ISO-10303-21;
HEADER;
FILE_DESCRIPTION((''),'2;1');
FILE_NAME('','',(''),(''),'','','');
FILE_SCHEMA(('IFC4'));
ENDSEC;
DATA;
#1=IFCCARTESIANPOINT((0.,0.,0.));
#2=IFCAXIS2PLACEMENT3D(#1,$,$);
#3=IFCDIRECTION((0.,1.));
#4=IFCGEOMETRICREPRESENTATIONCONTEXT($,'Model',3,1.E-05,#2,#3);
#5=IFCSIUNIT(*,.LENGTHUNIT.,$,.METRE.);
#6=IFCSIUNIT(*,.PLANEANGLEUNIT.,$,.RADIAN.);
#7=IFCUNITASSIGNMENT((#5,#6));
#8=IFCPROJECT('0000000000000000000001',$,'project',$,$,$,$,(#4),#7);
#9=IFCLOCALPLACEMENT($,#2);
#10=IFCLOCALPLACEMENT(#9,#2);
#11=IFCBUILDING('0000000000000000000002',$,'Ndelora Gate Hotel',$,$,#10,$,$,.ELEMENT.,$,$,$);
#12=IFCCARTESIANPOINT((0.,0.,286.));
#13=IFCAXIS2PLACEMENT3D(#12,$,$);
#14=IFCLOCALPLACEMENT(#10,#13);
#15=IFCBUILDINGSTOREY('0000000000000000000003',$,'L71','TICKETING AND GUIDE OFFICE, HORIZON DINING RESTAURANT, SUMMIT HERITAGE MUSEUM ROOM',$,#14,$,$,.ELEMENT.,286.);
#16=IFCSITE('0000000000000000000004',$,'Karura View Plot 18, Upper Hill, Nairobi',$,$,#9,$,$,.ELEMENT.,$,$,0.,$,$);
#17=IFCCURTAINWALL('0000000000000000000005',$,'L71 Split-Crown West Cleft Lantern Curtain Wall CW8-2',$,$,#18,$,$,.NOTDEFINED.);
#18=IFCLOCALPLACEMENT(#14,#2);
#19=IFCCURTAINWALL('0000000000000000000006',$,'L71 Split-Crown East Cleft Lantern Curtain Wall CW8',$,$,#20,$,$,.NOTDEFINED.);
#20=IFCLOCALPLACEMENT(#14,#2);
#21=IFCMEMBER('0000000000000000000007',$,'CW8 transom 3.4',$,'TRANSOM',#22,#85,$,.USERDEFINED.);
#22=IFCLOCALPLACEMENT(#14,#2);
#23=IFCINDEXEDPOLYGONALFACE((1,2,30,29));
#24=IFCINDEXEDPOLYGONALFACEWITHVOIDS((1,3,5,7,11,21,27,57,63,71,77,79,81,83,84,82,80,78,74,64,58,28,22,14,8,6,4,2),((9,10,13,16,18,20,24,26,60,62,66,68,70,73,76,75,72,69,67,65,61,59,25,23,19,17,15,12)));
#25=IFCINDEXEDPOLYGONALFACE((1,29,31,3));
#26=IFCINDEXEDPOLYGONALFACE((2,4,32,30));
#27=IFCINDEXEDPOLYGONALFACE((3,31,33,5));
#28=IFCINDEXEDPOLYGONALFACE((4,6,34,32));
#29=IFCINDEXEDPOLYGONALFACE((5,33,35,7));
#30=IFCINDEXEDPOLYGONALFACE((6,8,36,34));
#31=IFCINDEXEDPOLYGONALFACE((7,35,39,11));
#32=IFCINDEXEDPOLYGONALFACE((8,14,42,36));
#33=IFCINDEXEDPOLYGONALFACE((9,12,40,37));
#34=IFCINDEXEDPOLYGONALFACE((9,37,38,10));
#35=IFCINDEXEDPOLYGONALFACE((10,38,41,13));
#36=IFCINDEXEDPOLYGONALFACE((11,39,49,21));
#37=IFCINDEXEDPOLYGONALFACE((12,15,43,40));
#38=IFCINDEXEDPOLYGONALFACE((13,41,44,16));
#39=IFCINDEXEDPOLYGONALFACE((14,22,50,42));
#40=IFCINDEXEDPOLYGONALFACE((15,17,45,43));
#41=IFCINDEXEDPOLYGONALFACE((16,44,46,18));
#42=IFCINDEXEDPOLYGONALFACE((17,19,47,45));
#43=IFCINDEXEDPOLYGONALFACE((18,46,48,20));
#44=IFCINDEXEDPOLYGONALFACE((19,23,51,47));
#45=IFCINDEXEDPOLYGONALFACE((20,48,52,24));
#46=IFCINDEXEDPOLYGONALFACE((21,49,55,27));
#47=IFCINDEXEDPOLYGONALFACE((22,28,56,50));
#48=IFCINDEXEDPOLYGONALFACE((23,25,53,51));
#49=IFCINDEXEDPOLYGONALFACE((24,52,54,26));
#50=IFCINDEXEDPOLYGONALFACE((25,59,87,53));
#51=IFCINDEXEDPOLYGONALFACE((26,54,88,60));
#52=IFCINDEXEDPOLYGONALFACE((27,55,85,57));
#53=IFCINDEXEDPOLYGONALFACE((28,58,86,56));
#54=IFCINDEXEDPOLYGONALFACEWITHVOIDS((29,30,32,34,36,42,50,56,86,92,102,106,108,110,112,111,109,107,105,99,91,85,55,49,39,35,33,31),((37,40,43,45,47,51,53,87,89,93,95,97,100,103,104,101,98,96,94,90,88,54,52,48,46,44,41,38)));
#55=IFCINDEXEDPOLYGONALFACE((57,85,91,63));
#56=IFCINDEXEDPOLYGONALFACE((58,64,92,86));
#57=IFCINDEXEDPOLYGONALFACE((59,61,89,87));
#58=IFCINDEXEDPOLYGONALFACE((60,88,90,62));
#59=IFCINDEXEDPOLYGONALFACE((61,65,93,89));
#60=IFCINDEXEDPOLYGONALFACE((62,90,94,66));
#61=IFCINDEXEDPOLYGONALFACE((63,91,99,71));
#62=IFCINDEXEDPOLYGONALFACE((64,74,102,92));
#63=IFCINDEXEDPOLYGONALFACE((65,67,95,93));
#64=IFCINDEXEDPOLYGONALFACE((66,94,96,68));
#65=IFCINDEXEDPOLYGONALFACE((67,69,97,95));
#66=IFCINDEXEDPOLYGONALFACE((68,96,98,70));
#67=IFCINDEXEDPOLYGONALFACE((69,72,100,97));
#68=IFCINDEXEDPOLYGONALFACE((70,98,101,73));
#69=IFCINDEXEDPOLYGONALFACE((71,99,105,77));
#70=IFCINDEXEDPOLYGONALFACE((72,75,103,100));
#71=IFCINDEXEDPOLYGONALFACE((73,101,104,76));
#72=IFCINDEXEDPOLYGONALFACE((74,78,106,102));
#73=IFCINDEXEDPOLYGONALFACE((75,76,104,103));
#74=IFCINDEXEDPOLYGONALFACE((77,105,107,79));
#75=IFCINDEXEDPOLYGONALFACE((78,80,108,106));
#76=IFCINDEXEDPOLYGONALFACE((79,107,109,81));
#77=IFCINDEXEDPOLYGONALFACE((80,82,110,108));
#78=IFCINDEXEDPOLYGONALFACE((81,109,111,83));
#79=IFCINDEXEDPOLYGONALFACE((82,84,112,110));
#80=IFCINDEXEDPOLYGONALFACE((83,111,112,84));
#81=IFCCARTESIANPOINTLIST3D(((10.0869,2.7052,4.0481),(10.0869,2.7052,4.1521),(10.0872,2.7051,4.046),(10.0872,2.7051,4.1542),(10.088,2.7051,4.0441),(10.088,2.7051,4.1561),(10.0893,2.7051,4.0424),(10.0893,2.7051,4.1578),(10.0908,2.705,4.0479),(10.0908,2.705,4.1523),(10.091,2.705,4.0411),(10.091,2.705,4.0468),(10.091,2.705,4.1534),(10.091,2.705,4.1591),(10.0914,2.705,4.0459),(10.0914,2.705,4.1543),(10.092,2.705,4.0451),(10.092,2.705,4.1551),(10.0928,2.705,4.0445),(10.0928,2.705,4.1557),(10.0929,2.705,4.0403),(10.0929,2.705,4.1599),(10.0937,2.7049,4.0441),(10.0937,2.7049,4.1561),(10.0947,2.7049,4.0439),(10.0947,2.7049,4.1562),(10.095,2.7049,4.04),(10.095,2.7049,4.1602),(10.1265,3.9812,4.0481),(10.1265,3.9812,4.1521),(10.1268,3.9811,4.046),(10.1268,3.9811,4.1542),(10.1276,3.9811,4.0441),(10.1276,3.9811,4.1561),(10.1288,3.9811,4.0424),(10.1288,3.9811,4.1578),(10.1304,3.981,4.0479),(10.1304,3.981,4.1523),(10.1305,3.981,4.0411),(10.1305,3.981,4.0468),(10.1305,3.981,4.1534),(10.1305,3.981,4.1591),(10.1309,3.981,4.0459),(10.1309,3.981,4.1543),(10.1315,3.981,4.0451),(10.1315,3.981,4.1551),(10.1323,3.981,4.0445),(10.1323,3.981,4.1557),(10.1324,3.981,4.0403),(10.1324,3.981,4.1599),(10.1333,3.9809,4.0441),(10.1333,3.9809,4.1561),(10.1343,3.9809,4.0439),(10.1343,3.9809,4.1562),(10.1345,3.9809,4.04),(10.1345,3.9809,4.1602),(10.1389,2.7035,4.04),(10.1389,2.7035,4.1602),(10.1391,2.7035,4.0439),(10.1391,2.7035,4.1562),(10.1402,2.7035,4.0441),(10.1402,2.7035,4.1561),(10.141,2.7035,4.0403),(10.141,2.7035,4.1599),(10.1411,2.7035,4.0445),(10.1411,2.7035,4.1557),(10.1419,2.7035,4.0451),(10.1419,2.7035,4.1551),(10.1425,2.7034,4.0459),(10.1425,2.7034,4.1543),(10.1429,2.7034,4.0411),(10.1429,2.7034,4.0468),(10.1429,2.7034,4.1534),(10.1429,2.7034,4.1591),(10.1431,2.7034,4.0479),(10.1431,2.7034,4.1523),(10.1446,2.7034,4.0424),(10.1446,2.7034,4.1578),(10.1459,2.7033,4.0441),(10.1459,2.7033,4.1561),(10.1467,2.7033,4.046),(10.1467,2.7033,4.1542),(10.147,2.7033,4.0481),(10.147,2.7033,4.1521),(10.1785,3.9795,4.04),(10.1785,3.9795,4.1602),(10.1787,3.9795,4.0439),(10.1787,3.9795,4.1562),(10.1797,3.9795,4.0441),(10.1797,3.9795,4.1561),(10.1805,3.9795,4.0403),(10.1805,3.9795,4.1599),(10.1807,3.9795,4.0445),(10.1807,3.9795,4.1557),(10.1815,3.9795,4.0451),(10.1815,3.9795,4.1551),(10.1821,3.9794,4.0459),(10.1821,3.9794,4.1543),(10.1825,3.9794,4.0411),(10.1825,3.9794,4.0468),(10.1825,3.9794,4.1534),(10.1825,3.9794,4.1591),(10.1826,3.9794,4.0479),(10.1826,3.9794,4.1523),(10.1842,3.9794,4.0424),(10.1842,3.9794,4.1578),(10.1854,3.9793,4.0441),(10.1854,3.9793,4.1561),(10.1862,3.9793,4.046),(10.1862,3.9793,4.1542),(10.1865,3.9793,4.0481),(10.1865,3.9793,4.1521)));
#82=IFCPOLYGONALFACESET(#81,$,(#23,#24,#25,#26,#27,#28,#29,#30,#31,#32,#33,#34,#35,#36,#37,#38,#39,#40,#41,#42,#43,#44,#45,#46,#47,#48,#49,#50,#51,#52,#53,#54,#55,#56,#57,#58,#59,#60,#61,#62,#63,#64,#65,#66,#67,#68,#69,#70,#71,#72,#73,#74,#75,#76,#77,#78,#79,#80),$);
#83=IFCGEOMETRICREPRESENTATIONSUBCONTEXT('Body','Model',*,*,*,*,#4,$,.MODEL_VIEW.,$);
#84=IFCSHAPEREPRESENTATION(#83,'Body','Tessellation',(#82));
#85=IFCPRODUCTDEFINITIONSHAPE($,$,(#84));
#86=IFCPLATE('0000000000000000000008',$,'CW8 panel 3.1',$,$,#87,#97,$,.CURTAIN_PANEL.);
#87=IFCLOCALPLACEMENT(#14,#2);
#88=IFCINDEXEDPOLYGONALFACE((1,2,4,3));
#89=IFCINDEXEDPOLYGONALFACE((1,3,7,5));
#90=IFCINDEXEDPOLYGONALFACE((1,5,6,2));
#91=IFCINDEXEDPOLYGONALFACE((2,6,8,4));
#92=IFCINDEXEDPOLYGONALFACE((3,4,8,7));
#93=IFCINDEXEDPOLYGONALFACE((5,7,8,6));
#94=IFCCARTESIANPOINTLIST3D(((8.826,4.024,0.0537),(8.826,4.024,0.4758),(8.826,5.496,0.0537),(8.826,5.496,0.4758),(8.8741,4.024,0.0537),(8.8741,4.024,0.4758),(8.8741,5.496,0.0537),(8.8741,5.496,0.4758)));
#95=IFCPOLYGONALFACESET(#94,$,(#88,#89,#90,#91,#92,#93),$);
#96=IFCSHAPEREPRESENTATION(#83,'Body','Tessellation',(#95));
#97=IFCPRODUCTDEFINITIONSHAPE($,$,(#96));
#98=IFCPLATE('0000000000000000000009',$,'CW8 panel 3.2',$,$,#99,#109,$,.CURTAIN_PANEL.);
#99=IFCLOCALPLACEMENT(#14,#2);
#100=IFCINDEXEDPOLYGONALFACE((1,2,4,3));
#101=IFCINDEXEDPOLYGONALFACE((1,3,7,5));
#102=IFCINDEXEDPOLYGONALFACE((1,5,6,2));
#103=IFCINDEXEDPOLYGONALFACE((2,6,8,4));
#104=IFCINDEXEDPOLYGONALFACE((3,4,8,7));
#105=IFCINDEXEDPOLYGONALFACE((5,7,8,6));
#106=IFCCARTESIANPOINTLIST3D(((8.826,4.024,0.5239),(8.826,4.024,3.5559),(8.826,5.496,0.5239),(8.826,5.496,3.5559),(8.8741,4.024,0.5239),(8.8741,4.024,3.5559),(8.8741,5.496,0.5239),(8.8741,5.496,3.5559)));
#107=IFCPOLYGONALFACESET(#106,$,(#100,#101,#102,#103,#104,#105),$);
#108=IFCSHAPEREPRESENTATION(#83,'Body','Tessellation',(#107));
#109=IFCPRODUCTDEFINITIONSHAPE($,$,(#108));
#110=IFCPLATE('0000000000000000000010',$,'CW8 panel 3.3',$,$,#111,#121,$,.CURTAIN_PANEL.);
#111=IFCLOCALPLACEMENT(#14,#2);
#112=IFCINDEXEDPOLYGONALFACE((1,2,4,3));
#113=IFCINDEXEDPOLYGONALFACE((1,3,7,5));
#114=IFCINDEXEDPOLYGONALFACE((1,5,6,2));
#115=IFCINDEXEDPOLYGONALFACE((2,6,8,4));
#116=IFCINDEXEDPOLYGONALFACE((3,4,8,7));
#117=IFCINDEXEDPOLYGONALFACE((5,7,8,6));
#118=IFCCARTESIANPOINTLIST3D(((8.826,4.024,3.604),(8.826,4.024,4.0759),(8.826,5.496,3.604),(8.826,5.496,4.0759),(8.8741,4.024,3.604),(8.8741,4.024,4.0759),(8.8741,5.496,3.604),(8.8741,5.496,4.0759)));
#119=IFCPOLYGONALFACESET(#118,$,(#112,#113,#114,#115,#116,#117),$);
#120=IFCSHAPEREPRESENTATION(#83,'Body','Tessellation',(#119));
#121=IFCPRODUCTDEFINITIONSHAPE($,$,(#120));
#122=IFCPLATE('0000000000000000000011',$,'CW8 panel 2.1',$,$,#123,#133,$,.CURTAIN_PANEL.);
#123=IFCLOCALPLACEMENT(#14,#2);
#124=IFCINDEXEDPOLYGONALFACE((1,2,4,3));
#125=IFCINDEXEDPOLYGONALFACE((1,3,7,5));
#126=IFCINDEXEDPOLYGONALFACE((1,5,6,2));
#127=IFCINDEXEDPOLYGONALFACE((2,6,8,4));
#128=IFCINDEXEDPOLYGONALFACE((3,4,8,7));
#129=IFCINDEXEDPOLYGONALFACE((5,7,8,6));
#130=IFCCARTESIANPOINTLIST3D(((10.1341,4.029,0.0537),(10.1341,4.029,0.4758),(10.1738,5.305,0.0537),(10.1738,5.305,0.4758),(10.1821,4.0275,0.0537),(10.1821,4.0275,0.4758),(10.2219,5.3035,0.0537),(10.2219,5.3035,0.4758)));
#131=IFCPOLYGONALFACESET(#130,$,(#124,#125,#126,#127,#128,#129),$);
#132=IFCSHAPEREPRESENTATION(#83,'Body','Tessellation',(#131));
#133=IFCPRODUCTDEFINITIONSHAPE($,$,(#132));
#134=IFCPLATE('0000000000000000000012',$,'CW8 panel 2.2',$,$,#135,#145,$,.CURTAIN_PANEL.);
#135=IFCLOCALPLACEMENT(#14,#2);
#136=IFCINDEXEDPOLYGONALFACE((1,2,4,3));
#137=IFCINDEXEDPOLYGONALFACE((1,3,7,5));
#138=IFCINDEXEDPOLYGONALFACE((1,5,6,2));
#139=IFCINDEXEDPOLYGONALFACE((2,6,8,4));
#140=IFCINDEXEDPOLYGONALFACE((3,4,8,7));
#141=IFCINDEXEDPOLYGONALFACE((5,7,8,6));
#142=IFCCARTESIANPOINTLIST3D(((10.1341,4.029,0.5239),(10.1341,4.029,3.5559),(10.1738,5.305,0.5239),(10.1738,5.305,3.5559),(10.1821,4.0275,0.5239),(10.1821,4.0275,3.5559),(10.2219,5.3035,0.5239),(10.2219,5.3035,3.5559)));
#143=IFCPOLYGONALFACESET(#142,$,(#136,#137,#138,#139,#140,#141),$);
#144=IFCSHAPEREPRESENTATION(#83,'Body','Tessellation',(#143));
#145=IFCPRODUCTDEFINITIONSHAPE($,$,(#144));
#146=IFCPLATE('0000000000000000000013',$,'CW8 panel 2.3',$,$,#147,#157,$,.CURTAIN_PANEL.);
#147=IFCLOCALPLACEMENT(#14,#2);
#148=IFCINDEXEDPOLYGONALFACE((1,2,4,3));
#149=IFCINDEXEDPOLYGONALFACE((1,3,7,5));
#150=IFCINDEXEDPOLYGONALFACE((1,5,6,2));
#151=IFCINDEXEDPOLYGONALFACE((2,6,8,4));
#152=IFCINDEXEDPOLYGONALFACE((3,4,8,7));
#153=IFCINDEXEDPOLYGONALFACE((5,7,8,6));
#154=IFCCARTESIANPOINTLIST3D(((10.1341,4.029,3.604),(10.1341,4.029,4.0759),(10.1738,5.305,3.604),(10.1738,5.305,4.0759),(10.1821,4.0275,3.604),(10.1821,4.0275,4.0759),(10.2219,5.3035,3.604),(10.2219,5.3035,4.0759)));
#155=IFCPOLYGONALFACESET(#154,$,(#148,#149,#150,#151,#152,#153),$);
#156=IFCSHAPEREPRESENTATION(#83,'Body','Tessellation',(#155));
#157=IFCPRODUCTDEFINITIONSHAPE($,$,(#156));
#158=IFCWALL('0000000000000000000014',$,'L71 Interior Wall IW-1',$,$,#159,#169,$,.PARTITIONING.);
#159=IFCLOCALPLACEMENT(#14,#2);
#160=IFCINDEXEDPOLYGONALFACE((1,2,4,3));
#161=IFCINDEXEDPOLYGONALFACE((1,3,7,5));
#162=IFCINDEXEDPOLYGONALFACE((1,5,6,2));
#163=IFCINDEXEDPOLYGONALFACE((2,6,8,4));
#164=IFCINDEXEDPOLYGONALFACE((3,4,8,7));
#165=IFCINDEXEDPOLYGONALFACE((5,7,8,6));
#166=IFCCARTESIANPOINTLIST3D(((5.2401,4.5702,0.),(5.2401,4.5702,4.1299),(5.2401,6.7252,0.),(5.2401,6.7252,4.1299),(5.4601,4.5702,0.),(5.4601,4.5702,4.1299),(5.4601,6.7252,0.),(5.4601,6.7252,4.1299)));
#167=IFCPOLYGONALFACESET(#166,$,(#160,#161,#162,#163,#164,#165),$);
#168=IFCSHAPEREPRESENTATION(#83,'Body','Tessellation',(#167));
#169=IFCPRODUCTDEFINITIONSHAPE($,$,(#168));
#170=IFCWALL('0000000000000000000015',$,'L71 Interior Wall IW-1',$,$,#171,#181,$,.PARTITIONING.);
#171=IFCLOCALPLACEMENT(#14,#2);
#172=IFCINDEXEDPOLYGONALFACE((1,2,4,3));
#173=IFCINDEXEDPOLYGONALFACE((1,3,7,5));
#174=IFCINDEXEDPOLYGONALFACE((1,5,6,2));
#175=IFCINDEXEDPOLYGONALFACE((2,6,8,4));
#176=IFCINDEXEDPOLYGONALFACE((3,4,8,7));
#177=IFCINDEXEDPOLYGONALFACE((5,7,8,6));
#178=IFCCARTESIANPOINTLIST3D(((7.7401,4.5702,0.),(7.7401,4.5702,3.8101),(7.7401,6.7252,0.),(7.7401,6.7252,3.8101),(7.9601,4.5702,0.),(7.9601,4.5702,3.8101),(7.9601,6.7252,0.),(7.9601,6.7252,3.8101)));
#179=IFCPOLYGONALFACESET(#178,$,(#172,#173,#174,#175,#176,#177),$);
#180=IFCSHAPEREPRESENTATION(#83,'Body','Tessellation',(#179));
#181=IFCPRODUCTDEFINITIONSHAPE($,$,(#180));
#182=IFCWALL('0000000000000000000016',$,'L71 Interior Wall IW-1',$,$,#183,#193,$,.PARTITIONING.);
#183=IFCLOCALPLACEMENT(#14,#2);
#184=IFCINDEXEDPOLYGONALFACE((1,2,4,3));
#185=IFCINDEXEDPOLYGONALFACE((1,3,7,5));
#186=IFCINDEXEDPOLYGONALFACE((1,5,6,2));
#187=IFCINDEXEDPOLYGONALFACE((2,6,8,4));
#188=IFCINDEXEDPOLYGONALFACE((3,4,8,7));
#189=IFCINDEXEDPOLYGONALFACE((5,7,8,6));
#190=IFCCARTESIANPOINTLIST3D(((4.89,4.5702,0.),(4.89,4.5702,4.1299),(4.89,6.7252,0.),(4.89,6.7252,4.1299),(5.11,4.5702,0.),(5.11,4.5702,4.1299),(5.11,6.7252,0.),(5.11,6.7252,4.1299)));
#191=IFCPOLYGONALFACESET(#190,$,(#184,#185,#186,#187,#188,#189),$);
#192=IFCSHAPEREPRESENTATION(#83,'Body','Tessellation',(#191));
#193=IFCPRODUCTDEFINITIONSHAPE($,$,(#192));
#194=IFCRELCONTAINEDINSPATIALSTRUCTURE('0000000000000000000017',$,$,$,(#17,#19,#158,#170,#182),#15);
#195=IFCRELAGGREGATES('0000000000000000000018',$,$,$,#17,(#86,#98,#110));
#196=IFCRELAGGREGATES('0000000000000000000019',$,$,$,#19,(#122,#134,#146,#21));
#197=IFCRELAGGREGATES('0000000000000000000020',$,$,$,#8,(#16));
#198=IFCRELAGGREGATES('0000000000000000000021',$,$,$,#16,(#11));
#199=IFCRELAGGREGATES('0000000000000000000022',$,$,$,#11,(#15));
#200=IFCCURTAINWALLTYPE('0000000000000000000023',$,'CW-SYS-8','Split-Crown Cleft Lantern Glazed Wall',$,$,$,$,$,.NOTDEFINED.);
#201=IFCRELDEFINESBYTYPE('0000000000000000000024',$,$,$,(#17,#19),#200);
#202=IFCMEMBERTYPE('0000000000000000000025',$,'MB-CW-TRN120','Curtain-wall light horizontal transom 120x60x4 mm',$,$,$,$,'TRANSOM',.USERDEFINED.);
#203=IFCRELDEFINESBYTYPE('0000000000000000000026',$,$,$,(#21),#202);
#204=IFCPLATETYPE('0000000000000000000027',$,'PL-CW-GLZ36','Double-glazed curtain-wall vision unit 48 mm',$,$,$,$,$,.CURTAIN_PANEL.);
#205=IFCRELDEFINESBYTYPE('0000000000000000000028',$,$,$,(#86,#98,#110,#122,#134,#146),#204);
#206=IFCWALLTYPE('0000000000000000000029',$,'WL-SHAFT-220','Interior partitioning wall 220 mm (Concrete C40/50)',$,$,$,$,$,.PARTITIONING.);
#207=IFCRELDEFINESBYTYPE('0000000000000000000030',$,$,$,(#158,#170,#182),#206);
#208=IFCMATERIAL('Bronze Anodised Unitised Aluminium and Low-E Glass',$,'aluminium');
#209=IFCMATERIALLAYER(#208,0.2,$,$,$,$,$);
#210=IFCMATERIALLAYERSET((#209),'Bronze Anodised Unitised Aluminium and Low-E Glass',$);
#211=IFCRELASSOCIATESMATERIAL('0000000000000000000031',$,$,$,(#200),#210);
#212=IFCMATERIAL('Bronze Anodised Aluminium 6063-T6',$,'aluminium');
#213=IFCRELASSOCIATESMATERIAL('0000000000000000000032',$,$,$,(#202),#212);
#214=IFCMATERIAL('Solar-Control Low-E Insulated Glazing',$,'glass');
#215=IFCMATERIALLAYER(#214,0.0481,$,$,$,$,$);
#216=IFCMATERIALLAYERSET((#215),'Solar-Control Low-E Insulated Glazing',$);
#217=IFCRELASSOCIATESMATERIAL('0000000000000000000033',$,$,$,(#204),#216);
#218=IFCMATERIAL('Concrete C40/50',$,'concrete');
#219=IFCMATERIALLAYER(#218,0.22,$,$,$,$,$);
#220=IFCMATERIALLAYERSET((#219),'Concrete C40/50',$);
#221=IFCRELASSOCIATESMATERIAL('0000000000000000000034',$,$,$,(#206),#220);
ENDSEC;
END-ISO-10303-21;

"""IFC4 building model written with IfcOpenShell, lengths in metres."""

from ifc_helpers import new_model, si_unit, direction, frame, frame_2d, origin, origin_2d, place, context, subcontext, project, spatial, rectangle, hollow_rectangle, extrude, material, layer, layer_set, material_profile, profile_set, type_object, element, aggregate, save


model = new_model("IFC4")

# Units and contexts
model_context = context("Model", 3, precision=1e-05, world=origin(), true_north=direction((0.0, 1.0)))
body_context = subcontext(model_context, "Body", "Model", "MODEL_VIEW")
ifc_project = project(units=[si_unit("LENGTHUNIT", "METRE"), si_unit("PLANEANGLEUNIT", "RADIAN")], contexts=[model_context])

# Site, building, storey
site_placement = place(None, origin())
site = spatial("IfcSite", under=ifc_project, at=site_placement, Name="Karura View Plot 18, Upper Hill, Nairobi", CompositionType="ELEMENT", RefElevation=0.0)
building_placement = place(site_placement, origin())
building = spatial("IfcBuilding", under=site, at=building_placement, Name="Ndelora Gate Hotel", CompositionType="ELEMENT")
storey_placement = place(building_placement, frame((0.0, 0.0, 286.0)))
storey = spatial("IfcBuildingStorey", under=building, at=storey_placement, Name="L71", Description="TICKETING AND GUIDE OFFICE, HORIZON DINING RESTAURANT, SUMMIT HERITAGE MUSEUM ROOM", CompositionType="ELEMENT", Elevation=286.0)

# Curtain walls
ifc_material_1 = material(Name="Bronze Anodised Unitised Aluminium and Low-E Glass", Category="aluminium")
ifc_layer_1 = layer(ifc_material_1, 0.2)
ifc_layer_set_1 = layer_set([ifc_layer_1], Name="Bronze Anodised Unitised Aluminium and Low-E Glass")
curtain_wall_type = type_object("IfcCurtainWallType", Name="CW-SYS-8", Description="Split-Crown Cleft Lantern Glazed Wall", PredefinedType="NOTDEFINED", material=ifc_layer_set_1)
curtain_wall_1_placement = place(storey_placement, origin())
curtain_wall_1 = element("IfcCurtainWall", 1, at=curtain_wall_1_placement, inside=storey, type_object=curtain_wall_type, Name="L71 Split-Crown West Cleft Lantern Curtain Wall CW8-2", PredefinedType="NOTDEFINED")
ifc_material_2 = material(Name="Bronze Anodised Aluminium 6063-T6", Category="aluminium")
curtain_wall_2_placement = place(storey_placement, origin())
curtain_wall_2 = element("IfcCurtainWall", 2, at=curtain_wall_2_placement, inside=storey, type_object=curtain_wall_type, Name="L71 Split-Crown East Cleft Lantern Curtain Wall CW8", PredefinedType="NOTDEFINED")

# Member
ifc_material_profile_1 = material_profile(ifc_material_2, hollow_rectangle(XDim=0.0601, YDim=0.1201, WallThickness=0.0039, InnerFilletRadius=0.0039, OuterFilletRadius=0.0081, at=origin_2d()), Name="ALU 120x60x4")
ifc_profile_set_1 = profile_set([ifc_material_profile_1], Name="Bronze Anodised Aluminium 6063-T6")
member_type_1 = type_object("IfcMemberType", Name="MB-CW-TRN120", Description="Curtain-wall light horizontal transom 120x60x4 mm", ElementType="TRANSOM", PredefinedType="USERDEFINED", material=ifc_profile_set_1)
member_1_placement = place(storey_placement, frame((10.1565, 3.9802, 4.1001), z_axis=(-0.030984, -0.99952, 0.0), x_axis=(0.99952, -0.030984, 0.0)))
member_1 = element("IfcMember", 3, at=member_1_placement, type_object=member_type_1, Name="CW8 transom 3.4", ObjectType="TRANSOM", PredefinedType="USERDEFINED", context=body_context, shape_type="SweptSolid", body=[
    extrude(hollow_rectangle(XDim=0.0601, YDim=0.1201, WallThickness=0.0039, InnerFilletRadius=0.0039, OuterFilletRadius=0.0081, at=origin_2d()), origin(), (0.0, 0.0, 1.0), 1.2766),
])

# Plates
ifc_material_3 = material(Name="Solar-Control Low-E Insulated Glazing", Category="glass")
ifc_layer_2 = layer(ifc_material_3, 0.0481)
ifc_layer_set_2 = layer_set([ifc_layer_2], Name="Solar-Control Low-E Insulated Glazing")
plate_type = type_object("IfcPlateType", Name="PL-CW-GLZ36", Description="Double-glazed curtain-wall vision unit 48 mm", PredefinedType="CURTAIN_PANEL", material=ifc_layer_set_2)
plate_1_placement = place(storey_placement, frame((8.8501, 4.76, 0.0537), z_axis=(0.0, 0.0, 1.0), x_axis=(0.0, 1.0, 0.0)))
plate_1 = element("IfcPlate", 4, at=plate_1_placement, type_object=plate_type, Name="CW8 panel 3.1", PredefinedType="CURTAIN_PANEL", context=body_context, shape_type="SweptSolid", body=[
    extrude(rectangle(XDim=1.4719, YDim=0.0481, at=origin_2d()), origin(), (0.0, 0.0, 1.0), 0.4221),
])
plate_2_placement = place(storey_placement, frame((8.8501, 4.76, 0.5239), z_axis=(0.0, 0.0, 1.0), x_axis=(0.0, 1.0, 0.0)))
plate_2 = element("IfcPlate", 5, at=plate_2_placement, type_object=plate_type, Name="CW8 panel 3.2", PredefinedType="CURTAIN_PANEL", context=body_context, shape_type="SweptSolid", body=[
    extrude(rectangle(XDim=1.4719, YDim=0.0481, at=origin_2d()), origin(), (0.0, 0.0, 1.0), 3.032),
])
plate_3_placement = place(storey_placement, frame((8.8501, 4.76, 3.604), z_axis=(0.0, 0.0, 1.0), x_axis=(0.0, 1.0, 0.0)))
plate_3 = element("IfcPlate", 6, at=plate_3_placement, type_object=plate_type, Name="CW8 panel 3.3", PredefinedType="CURTAIN_PANEL", context=body_context, shape_type="SweptSolid", body=[
    extrude(rectangle(XDim=1.4719, YDim=0.0481, at=origin_2d()), origin(), (0.0, 0.0, 1.0), 0.4719),
])
aggregate(curtain_wall_1, [plate_1, plate_2, plate_3])
plate_4_placement = place(storey_placement, frame((10.178, 4.6663, 0.0537), z_axis=(0.0, 0.0, 1.0), x_axis=(-0.031131, -0.999515, 0.0)))
plate_4 = element("IfcPlate", 7, at=plate_4_placement, type_object=plate_type, Name="CW8 panel 2.1", PredefinedType="CURTAIN_PANEL", context=body_context, shape_type="SweptSolid", body=[
    extrude(rectangle(XDim=1.2766, YDim=0.0481, at=origin_2d()), origin(), (0.0, 0.0, 1.0), 0.4221),
])
plate_5_placement = place(storey_placement, frame((10.178, 4.6663, 0.5239), z_axis=(0.0, 0.0, 1.0), x_axis=(-0.031131, -0.999515, 0.0)))
plate_5 = element("IfcPlate", 8, at=plate_5_placement, type_object=plate_type, Name="CW8 panel 2.2", PredefinedType="CURTAIN_PANEL", context=body_context, shape_type="SweptSolid", body=[
    extrude(rectangle(XDim=1.2766, YDim=0.0481, at=origin_2d()), origin(), (0.0, 0.0, 1.0), 3.032),
])
plate_6_placement = place(storey_placement, frame((10.178, 4.6663, 3.604), z_axis=(0.0, 0.0, 1.0), x_axis=(-0.031131, -0.999515, 0.0)))
plate_6 = element("IfcPlate", 9, at=plate_6_placement, type_object=plate_type, Name="CW8 panel 2.3", PredefinedType="CURTAIN_PANEL", context=body_context, shape_type="SweptSolid", body=[
    extrude(rectangle(XDim=1.2766, YDim=0.0481, at=origin_2d()), origin(), (0.0, 0.0, 1.0), 0.4719),
])
aggregate(curtain_wall_2, [plate_4, plate_5, plate_6, member_1])

# Shared definitions
ifc_material_4 = material(Name="Concrete C40/50", Category="concrete")
ifc_layer_3 = layer(ifc_material_4, 0.22)
ifc_layer_set_3 = layer_set([ifc_layer_3], Name="Concrete C40/50")
wall_type = type_object("IfcWallType", Name="WL-SHAFT-220", Description="Interior partitioning wall 220 mm (Concrete C40/50)", PredefinedType="PARTITIONING", material=ifc_layer_set_3)

# Walls
wall_1_placement = place(storey_placement, frame((5.3501, 4.5701, 0.0), z_axis=(0.0, 0.0, 1.0), x_axis=(0.0, 1.0, 0.0)))
element("IfcWall", 10, at=wall_1_placement, inside=storey, type_object=wall_type, Name="L71 Interior Wall IW-1", PredefinedType="PARTITIONING", context=body_context, shape_type="SweptSolid", body=[
    extrude(rectangle(XDim=2.155, YDim=0.22, at=frame_2d((1.0776, 0.0))), origin(), (0.0, 0.0, 1.0), 4.1299),
])
wall_2_placement = place(storey_placement, frame((7.8501, 4.5701, 0.0), z_axis=(0.0, 0.0, 1.0), x_axis=(0.0, 1.0, 0.0)))
element("IfcWall", 11, at=wall_2_placement, inside=storey, type_object=wall_type, Name="L71 Interior Wall IW-1", PredefinedType="PARTITIONING", context=body_context, shape_type="SweptSolid", body=[
    extrude(rectangle(XDim=2.155, YDim=0.22, at=frame_2d((1.0776, 0.0))), origin(), (0.0, 0.0, 1.0), 3.8101),
])
wall_3_placement = place(storey_placement, frame((5.0, 4.5701, 0.0), z_axis=(0.0, 0.0, 1.0), x_axis=(0.0, 1.0, 0.0)))
element("IfcWall", 12, at=wall_3_placement, inside=storey, type_object=wall_type, Name="L71 Interior Wall IW-1", PredefinedType="PARTITIONING", context=body_context, shape_type="SweptSolid", body=[
    extrude(rectangle(XDim=2.155, YDim=0.22, at=frame_2d((1.0776, 0.0))), origin(), (0.0, 0.0, 1.0), 4.1299),
])

save(model, "model.ifc")
